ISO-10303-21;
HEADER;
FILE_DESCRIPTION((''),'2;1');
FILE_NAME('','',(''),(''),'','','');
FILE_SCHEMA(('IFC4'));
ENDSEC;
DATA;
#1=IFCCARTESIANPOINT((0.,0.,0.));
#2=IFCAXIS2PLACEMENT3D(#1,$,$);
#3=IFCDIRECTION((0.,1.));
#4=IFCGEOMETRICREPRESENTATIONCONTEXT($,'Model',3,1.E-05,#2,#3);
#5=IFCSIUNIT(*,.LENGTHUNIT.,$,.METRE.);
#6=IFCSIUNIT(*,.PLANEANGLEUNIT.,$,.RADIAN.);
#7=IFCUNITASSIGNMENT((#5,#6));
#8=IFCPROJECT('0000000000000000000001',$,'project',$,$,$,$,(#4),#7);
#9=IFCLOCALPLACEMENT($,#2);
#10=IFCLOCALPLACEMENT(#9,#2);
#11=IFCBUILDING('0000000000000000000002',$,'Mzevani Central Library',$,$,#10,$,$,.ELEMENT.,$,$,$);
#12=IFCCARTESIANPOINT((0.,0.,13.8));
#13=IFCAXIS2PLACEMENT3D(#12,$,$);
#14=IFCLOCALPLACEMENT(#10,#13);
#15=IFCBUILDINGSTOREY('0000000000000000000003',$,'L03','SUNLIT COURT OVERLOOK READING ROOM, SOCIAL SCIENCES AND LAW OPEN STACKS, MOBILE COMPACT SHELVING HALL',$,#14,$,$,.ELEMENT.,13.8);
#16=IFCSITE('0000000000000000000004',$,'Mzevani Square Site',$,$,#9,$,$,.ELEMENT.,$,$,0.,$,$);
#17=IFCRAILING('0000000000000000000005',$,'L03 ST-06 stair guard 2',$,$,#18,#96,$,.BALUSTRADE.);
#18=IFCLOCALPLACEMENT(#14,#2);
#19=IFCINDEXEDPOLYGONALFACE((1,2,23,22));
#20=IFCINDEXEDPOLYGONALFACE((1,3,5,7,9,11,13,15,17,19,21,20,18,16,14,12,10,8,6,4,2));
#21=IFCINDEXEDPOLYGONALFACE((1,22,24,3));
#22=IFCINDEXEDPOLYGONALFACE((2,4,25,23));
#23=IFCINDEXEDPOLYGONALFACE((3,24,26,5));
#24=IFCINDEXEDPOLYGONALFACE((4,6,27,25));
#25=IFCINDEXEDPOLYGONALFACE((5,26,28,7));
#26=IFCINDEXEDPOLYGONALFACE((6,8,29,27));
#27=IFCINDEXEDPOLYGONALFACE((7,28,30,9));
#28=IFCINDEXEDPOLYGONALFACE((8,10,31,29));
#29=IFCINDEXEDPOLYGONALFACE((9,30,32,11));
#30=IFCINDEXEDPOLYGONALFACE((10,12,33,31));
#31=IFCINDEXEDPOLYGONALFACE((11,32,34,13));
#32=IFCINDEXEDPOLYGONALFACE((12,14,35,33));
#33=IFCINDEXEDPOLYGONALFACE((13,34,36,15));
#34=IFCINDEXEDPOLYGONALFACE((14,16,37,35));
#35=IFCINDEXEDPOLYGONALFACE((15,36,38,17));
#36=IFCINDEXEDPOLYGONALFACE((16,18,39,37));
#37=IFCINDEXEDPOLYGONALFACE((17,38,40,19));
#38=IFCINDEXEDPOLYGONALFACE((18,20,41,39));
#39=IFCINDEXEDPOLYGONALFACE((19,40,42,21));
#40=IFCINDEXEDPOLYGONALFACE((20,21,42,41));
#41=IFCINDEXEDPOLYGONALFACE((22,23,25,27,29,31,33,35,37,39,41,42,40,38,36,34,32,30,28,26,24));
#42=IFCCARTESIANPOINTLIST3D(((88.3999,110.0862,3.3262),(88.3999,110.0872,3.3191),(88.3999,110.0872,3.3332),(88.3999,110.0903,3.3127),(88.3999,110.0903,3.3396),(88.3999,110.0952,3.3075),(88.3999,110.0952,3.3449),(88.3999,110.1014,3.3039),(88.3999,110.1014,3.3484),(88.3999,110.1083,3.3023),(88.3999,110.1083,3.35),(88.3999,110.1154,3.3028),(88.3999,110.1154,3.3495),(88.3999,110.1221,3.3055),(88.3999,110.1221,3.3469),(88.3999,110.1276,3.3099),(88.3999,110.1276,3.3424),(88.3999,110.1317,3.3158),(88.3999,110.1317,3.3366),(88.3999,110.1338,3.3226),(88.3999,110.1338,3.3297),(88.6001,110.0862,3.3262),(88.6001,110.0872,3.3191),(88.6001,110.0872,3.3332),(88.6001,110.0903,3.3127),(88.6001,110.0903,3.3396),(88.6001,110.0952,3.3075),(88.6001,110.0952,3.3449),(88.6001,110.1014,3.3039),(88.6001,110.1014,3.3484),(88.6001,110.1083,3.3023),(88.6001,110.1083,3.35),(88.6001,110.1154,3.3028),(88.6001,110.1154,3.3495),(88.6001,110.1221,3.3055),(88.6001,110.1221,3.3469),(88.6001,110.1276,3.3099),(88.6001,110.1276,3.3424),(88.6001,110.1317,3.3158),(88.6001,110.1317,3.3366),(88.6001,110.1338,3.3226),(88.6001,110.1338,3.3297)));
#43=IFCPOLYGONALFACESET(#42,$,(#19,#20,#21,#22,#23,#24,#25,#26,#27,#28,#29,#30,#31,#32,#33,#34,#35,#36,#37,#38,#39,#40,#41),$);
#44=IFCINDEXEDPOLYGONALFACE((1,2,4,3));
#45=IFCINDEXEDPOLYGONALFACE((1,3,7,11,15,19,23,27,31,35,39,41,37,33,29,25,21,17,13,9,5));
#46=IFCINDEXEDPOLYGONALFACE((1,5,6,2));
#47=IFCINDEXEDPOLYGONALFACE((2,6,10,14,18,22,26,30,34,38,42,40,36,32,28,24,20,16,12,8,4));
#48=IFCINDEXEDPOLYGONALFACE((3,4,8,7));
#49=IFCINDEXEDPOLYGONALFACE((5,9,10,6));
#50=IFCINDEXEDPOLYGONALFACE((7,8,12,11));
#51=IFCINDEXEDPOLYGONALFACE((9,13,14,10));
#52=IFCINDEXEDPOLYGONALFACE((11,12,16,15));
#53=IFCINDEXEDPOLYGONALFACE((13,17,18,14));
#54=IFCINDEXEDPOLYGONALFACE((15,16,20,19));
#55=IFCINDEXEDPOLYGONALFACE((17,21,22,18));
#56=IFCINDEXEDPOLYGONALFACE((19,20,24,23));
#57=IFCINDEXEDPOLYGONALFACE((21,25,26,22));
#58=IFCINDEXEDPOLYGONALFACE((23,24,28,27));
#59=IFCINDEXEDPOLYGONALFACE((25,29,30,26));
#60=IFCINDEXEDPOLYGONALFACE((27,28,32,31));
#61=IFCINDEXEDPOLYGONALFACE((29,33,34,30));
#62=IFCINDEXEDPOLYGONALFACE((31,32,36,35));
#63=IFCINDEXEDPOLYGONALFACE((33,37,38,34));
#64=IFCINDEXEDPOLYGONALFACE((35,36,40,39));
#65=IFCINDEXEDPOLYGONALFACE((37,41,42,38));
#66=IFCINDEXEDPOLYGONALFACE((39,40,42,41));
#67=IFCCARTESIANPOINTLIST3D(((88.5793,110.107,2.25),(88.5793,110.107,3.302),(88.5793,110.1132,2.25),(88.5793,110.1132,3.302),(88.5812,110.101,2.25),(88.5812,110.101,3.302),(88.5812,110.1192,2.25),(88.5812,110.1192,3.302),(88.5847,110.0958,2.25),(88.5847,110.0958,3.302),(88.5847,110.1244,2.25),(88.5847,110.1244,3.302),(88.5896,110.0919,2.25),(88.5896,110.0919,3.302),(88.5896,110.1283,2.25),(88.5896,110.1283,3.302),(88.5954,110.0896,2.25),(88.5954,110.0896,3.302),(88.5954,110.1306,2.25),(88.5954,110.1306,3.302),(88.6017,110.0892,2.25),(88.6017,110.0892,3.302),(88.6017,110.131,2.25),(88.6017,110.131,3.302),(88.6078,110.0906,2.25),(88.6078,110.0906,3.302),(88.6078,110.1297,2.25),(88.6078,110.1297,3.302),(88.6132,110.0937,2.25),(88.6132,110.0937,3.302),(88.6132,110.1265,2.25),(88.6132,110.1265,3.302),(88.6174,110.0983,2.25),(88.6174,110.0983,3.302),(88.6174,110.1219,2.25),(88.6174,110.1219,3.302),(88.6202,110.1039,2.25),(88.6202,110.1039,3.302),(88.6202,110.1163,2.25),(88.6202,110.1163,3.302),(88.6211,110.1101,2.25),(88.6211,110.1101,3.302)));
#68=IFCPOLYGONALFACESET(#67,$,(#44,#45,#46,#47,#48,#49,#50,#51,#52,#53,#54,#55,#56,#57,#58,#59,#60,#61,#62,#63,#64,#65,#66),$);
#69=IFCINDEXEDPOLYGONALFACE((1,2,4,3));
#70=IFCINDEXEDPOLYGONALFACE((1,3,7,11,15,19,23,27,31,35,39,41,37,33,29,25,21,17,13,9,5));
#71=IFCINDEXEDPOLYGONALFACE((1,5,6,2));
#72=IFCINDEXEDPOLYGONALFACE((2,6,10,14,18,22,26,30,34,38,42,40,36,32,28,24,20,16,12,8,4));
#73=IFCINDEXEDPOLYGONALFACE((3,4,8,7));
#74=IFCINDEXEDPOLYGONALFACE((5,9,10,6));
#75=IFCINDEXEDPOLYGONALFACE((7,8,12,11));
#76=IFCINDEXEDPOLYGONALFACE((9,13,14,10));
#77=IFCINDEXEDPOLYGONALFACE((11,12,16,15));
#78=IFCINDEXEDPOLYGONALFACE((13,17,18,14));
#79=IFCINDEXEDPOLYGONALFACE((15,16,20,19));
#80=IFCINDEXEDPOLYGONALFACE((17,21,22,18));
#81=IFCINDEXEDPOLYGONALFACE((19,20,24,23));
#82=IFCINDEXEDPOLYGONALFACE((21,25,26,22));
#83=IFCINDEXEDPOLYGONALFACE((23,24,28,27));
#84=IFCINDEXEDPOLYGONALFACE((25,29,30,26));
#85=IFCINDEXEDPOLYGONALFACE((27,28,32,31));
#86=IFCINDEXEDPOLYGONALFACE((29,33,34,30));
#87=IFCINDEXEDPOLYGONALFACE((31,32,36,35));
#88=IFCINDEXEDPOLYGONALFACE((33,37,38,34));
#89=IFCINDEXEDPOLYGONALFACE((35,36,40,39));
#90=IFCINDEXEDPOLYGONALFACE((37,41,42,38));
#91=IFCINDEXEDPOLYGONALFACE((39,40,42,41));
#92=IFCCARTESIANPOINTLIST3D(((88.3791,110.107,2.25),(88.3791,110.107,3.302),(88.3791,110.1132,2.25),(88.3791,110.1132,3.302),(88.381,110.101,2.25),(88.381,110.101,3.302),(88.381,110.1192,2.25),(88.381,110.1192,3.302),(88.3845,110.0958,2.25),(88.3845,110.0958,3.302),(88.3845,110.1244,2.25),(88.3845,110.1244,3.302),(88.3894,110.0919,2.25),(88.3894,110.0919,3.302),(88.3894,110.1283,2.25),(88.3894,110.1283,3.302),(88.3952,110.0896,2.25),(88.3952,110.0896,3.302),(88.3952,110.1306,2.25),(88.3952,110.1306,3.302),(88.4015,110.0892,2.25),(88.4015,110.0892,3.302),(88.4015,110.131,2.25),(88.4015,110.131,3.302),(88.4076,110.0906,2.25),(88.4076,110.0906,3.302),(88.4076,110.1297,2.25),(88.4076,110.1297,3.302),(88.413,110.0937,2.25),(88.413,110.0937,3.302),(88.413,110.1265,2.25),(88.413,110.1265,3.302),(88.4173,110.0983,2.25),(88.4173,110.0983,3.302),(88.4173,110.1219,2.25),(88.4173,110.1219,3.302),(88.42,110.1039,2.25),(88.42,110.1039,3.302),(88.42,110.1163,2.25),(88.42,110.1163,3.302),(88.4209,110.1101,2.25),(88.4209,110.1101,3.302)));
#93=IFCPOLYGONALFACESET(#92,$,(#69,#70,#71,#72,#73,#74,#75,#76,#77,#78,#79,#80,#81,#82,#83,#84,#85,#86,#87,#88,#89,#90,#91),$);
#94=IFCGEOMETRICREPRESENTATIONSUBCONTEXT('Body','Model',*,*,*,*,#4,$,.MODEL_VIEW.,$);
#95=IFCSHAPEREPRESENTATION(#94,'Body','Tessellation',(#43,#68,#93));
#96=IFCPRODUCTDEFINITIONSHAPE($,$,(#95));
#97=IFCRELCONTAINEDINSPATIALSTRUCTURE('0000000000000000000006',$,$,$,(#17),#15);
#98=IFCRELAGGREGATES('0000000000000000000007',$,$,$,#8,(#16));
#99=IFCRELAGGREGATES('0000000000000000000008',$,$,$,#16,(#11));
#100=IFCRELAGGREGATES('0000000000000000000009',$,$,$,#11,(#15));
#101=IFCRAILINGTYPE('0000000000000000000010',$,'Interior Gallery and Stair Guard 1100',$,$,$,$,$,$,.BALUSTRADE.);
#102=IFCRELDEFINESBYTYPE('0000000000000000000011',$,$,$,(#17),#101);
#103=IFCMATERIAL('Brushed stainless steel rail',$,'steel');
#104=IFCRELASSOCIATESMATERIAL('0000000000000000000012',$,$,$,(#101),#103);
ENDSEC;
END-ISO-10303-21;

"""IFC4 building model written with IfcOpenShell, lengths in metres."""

from ifc_helpers import new_model, si_unit, direction, frame, origin, origin_2d, place, context, subcontext, project, spatial, circle, extrude, material, type_object, element, save


model = new_model("IFC4")

# Units and contexts
model_context = context("Model", 3, precision=1e-05, world=origin(), true_north=direction((0.0, 1.0)))
body_context = subcontext(model_context, "Body", "Model", "MODEL_VIEW")
ifc_project = project(units=[si_unit("LENGTHUNIT", "METRE"), si_unit("PLANEANGLEUNIT", "RADIAN")], contexts=[model_context])

# Site, building, storey
site_placement = place(None, origin())
site = spatial("IfcSite", under=ifc_project, at=site_placement, Name="Mzevani Square Site", CompositionType="ELEMENT", RefElevation=0.0)
building_placement = place(site_placement, origin())
building = spatial("IfcBuilding", under=site, at=building_placement, Name="Mzevani Central Library", CompositionType="ELEMENT")
storey_placement = place(building_placement, frame((0.0, 0.0, 13.8)))
storey = spatial("IfcBuildingStorey", under=building, at=storey_placement, Name="L03", Description="SUNLIT COURT OVERLOOK READING ROOM, SOCIAL SCIENCES AND LAW OPEN STACKS, MOBILE COMPACT SHELVING HALL", CompositionType="ELEMENT", Elevation=13.8)

# Railing
ifc_material_1 = material(Name="Brushed stainless steel rail", Category="steel")
railing_type_1 = type_object("IfcRailingType", Name="Interior Gallery and Stair Guard 1100", PredefinedType="BALUSTRADE", material=ifc_material_1)
railing_1_placement = place(storey_placement, frame((88.6001, 110.1101, 2.25)))
element("IfcRailing", 1, at=railing_1_placement, inside=storey, type_object=railing_type_1, Name="L03 ST-06 stair guard 2", PredefinedType="BALUSTRADE", context=body_context, shape_type="SweptSolid", body=[
    extrude(circle(Radius=0.0239, at=origin_2d()), frame((0.0, 0.0, 1.0762), z_axis=(-1.0, 0.0, 0.0), x_axis=(0.0, -1.0, 0.0)), (0.0, 0.0, 1.0), 0.2002),
    extrude(circle(Radius=0.021, at=origin_2d()), origin(), (0.0, 0.0, 1.0), 1.052),
    extrude(circle(Radius=0.021, at=origin_2d()), frame((-0.2002, 0.0, 0.0)), (0.0, 0.0, 1.0), 1.052),
])

save(model, "model.ifc")
